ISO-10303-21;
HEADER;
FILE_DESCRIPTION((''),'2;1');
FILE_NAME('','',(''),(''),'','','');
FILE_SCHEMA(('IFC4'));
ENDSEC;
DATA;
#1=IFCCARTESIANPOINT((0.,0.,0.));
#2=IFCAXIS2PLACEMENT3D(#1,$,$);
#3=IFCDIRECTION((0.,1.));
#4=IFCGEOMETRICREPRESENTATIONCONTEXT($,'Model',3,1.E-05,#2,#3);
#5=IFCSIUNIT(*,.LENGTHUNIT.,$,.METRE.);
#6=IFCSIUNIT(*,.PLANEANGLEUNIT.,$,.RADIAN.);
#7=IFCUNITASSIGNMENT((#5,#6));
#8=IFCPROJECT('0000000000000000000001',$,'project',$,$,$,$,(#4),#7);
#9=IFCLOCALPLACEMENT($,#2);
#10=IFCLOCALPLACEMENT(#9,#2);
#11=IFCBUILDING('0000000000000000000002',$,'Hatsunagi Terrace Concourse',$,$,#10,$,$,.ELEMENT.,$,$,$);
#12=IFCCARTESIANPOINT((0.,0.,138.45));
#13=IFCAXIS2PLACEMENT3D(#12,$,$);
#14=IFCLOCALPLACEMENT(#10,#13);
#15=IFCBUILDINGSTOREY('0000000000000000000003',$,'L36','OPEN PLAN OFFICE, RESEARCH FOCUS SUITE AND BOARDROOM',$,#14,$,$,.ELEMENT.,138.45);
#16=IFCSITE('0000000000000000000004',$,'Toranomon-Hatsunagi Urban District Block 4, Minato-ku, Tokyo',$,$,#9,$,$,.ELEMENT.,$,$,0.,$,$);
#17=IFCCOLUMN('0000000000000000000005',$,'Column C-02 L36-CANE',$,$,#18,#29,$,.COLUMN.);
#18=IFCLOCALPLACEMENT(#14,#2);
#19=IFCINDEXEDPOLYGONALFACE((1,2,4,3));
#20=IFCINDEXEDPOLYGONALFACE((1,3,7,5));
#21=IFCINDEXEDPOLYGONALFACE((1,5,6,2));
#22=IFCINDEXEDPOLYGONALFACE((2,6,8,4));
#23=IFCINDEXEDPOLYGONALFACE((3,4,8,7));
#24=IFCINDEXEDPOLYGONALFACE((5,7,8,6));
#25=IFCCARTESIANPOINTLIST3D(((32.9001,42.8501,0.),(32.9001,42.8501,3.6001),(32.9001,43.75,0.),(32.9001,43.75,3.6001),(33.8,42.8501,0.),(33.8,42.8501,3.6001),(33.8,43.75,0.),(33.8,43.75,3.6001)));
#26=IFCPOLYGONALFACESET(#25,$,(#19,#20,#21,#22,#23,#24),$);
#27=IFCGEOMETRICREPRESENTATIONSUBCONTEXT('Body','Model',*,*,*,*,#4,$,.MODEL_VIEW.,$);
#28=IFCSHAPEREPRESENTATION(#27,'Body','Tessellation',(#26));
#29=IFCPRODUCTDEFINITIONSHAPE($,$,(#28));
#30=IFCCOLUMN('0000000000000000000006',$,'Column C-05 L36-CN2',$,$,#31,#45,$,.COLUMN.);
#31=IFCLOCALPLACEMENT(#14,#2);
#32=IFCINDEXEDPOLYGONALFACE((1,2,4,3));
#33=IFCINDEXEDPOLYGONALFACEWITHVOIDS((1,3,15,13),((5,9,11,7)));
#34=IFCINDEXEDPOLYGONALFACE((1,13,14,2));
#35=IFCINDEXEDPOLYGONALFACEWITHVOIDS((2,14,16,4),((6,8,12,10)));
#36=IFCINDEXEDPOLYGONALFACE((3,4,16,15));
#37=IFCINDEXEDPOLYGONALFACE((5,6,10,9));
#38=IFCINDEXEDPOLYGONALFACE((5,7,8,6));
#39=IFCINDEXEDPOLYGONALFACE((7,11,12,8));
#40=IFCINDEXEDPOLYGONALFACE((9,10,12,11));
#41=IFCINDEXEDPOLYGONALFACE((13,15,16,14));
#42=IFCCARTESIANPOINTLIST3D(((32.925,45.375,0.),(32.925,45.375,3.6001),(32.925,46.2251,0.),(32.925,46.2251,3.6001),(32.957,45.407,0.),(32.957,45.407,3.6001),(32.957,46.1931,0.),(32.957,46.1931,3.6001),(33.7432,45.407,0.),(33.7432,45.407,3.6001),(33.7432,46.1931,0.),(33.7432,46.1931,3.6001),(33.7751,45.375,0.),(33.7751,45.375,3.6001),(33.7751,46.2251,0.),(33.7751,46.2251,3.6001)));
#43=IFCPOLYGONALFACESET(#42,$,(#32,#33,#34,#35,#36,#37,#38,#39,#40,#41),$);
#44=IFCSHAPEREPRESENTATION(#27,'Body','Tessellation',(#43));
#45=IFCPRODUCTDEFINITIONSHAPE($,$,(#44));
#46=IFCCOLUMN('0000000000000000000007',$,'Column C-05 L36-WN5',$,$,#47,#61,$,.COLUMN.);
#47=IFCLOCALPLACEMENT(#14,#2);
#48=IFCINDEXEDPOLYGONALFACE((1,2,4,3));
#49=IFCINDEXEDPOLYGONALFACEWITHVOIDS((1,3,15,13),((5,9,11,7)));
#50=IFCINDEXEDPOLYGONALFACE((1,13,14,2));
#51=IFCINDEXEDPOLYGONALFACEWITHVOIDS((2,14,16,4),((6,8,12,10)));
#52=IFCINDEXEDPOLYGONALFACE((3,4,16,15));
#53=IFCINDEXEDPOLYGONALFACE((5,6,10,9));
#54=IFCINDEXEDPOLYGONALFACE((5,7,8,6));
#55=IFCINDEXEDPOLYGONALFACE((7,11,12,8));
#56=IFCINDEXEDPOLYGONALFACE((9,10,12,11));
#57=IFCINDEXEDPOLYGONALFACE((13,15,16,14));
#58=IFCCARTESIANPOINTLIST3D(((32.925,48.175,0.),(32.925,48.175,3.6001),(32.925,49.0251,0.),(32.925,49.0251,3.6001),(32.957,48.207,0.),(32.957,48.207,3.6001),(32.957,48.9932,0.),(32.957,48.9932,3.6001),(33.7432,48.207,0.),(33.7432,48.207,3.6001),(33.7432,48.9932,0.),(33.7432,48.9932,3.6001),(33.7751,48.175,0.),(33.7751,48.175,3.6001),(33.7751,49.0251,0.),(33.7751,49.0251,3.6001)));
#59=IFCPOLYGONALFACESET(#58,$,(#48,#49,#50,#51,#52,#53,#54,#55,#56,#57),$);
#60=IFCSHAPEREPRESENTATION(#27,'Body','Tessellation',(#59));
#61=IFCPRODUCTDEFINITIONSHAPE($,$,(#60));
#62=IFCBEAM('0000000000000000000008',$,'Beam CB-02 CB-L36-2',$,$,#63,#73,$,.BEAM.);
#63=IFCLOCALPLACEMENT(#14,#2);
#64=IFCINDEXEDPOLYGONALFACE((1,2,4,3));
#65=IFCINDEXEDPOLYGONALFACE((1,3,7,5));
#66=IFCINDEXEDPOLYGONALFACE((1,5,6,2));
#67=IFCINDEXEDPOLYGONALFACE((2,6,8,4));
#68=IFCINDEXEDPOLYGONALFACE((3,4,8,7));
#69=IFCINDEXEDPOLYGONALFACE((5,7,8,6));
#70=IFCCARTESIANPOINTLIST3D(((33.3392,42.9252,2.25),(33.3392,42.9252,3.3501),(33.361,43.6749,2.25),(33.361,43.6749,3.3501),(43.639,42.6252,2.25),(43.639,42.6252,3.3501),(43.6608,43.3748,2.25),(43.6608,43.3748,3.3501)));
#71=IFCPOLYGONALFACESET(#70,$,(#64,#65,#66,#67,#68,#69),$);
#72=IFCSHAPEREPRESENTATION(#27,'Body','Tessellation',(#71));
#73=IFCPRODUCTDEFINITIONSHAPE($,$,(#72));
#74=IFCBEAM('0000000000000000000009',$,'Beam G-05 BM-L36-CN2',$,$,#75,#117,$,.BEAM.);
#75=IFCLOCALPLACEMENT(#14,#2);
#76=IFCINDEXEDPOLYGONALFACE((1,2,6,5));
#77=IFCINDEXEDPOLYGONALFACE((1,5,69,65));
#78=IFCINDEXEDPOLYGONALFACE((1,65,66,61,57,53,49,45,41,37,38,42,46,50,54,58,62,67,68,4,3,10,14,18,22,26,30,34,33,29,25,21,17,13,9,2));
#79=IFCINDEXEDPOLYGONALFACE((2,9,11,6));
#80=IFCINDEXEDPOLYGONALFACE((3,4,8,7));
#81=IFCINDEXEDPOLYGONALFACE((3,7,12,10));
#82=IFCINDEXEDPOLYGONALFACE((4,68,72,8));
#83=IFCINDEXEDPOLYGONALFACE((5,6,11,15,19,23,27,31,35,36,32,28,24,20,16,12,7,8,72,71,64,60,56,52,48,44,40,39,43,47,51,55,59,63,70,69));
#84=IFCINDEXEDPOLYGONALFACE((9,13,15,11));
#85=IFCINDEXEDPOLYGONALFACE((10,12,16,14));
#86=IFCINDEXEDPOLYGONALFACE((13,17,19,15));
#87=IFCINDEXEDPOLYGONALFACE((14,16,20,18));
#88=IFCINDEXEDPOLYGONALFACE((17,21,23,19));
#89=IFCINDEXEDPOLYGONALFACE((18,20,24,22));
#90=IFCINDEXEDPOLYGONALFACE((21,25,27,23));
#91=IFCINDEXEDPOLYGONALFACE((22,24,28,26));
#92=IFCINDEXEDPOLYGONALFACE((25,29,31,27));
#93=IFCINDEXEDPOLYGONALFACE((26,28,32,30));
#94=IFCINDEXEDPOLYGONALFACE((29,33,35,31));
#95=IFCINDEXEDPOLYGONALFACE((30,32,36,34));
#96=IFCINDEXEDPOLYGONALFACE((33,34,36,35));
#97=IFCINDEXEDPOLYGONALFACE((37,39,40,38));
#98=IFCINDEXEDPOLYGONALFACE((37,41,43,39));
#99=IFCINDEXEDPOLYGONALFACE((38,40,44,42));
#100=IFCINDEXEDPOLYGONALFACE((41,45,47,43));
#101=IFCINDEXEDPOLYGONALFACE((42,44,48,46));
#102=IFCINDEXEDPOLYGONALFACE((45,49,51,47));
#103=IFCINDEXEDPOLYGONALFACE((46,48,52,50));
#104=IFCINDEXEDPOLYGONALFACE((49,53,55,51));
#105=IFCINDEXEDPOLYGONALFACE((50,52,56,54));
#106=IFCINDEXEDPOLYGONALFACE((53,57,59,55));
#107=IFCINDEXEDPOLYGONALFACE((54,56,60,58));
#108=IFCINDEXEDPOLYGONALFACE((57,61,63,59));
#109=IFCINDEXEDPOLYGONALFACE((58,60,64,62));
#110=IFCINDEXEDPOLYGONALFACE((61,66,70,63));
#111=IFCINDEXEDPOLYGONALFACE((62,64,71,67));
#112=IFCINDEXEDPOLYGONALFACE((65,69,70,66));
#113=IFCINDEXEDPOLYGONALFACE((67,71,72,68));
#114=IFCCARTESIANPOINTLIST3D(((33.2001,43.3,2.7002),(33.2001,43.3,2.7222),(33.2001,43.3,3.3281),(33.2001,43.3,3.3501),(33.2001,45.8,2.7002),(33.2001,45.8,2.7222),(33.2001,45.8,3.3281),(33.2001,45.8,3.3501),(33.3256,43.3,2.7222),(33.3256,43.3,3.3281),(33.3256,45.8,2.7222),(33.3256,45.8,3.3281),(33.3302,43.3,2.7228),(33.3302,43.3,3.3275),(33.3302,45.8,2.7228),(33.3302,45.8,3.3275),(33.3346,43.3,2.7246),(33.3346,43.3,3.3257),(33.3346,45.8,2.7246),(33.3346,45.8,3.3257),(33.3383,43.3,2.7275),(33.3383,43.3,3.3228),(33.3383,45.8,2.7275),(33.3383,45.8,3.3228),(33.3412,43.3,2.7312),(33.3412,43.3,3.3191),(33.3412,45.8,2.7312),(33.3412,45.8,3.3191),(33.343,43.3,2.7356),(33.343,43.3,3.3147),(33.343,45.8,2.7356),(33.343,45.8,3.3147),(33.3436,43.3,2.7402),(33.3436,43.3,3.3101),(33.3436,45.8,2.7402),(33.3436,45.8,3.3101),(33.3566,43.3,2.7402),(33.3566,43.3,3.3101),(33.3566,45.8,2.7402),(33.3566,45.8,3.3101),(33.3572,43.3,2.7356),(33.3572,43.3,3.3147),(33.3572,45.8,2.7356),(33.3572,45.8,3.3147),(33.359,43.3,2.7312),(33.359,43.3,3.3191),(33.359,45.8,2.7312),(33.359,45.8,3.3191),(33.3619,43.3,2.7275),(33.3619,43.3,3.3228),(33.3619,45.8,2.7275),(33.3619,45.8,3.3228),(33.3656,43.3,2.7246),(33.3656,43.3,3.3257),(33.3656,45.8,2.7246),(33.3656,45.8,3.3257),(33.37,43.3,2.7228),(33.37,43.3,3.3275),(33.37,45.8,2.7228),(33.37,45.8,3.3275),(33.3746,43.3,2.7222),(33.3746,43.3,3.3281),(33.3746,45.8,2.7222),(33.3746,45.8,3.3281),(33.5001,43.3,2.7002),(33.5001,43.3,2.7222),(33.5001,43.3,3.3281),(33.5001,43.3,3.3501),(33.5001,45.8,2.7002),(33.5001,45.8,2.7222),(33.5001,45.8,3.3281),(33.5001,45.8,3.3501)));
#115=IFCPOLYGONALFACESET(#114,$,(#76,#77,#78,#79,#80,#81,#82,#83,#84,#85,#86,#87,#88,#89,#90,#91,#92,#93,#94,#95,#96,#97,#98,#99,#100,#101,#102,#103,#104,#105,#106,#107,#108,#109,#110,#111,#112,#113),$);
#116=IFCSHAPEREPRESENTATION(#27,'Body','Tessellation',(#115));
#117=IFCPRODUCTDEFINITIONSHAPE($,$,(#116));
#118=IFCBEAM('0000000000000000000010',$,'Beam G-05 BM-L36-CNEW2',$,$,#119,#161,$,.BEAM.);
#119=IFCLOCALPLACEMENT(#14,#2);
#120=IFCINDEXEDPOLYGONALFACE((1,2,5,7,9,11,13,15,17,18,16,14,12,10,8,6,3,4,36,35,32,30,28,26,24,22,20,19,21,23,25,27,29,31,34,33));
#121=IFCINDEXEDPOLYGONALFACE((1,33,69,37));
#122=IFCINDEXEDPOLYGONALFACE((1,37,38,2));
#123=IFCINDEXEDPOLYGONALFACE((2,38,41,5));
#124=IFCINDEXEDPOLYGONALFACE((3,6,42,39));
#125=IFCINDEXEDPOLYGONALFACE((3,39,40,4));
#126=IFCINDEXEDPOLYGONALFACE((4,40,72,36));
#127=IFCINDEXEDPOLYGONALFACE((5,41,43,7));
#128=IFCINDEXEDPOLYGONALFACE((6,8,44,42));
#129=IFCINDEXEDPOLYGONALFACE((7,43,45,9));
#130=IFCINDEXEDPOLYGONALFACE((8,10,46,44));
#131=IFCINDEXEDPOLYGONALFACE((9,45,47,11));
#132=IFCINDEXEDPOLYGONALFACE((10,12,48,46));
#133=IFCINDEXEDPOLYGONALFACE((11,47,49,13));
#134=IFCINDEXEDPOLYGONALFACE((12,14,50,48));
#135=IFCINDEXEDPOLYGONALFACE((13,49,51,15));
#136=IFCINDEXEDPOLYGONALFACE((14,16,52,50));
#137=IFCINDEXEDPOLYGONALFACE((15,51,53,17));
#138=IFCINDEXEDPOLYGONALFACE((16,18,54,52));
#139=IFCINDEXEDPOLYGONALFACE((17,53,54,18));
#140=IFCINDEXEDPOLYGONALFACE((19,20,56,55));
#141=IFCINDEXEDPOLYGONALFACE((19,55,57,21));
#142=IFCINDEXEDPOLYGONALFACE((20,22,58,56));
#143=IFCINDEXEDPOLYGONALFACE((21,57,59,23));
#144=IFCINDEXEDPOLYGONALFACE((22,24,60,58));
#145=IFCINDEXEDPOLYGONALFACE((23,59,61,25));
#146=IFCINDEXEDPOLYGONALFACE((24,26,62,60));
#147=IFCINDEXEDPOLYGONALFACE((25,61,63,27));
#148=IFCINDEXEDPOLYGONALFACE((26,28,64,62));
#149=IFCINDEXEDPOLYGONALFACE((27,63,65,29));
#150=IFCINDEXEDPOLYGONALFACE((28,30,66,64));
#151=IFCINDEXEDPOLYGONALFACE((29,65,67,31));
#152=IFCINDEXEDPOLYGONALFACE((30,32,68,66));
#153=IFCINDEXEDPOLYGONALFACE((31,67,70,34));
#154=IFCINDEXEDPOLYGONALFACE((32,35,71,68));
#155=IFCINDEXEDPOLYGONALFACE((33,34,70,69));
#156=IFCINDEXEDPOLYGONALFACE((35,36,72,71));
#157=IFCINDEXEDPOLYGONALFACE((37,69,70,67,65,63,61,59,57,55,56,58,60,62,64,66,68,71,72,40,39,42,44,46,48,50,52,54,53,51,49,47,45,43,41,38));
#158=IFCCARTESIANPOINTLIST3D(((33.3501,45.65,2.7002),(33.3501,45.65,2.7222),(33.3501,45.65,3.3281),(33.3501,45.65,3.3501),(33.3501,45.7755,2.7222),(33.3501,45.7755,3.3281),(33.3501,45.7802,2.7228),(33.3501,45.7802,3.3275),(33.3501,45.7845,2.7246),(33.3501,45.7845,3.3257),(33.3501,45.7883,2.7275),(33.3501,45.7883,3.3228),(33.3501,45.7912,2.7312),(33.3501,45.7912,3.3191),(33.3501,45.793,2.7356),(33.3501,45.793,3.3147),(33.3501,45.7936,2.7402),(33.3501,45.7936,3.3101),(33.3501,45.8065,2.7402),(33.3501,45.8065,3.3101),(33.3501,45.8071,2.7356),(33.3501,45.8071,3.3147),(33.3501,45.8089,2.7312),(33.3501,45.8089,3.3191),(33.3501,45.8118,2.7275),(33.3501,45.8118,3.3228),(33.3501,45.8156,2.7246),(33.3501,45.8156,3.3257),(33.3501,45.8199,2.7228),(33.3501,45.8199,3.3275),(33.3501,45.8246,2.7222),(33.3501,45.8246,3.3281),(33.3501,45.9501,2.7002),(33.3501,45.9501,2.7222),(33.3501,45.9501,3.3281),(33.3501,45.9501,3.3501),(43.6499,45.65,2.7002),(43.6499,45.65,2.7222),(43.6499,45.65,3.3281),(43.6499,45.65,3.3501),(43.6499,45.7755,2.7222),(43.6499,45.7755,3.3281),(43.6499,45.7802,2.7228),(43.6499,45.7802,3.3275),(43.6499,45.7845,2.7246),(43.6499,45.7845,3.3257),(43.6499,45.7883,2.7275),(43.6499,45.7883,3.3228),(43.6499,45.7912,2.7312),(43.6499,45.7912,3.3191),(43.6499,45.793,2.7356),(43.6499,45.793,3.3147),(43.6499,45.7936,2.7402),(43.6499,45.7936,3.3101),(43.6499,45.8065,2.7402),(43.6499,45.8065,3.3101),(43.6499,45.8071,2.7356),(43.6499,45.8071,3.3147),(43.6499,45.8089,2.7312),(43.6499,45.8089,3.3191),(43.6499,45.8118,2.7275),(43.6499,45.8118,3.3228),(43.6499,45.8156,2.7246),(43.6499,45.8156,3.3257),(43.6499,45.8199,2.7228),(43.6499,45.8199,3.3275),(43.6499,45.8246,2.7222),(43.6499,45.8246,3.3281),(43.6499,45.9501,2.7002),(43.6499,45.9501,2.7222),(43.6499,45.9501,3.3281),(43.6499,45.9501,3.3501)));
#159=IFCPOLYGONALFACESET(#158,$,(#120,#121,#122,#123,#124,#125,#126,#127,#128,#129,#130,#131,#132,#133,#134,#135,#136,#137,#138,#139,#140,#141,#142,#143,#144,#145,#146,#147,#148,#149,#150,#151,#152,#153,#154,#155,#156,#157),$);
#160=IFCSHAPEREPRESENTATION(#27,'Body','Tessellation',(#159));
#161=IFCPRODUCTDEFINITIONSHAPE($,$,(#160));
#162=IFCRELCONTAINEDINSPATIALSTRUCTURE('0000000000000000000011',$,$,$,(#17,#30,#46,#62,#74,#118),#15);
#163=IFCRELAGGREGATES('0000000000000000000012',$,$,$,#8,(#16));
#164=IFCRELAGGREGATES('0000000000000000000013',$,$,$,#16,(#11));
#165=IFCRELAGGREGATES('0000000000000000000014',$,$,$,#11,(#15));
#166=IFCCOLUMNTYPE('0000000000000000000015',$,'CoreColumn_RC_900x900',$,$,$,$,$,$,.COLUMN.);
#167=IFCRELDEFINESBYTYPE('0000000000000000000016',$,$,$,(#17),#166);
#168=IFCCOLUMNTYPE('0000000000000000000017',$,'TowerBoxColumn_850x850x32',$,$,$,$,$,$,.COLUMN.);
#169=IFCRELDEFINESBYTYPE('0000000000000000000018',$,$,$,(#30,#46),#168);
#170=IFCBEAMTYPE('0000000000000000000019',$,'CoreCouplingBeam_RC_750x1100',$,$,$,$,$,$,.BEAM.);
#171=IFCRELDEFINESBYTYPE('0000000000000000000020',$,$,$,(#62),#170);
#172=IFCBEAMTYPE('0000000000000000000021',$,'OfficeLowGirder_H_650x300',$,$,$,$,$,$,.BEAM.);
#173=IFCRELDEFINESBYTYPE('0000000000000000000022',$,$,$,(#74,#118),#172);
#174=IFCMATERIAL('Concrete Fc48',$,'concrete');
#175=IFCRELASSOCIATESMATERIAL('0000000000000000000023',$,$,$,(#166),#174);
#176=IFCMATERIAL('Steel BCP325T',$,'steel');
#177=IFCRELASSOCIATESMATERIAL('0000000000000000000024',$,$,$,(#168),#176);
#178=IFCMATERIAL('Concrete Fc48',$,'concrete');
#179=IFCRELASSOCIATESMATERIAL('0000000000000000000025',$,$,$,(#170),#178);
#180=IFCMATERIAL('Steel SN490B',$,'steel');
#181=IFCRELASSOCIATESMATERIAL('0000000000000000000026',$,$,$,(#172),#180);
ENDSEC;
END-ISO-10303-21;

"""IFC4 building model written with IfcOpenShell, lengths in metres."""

from ifc_helpers import new_model, si_unit, direction, frame, origin, origin_2d, place, context, subcontext, project, spatial, rectangle, hollow_rectangle, i_section, extrude, material, material_profile, profile_set, type_object, element, save


model = new_model("IFC4")

# Units and contexts
model_context = context("Model", 3, precision=1e-05, world=origin(), true_north=direction((0.0, 1.0)))
body_context = subcontext(model_context, "Body", "Model", "MODEL_VIEW")
ifc_project = project(units=[si_unit("LENGTHUNIT", "METRE"), si_unit("PLANEANGLEUNIT", "RADIAN")], contexts=[model_context])

# Site, building, storey
site_placement = place(None, origin())
site = spatial("IfcSite", under=ifc_project, at=site_placement, Name="Toranomon-Hatsunagi Urban District Block 4, Minato-ku, Tokyo", CompositionType="ELEMENT", RefElevation=0.0)
building_placement = place(site_placement, origin())
building = spatial("IfcBuilding", under=site, at=building_placement, Name="Hatsunagi Terrace Concourse", CompositionType="ELEMENT")
storey_placement = place(building_placement, frame((0.0, 0.0, 138.45)))
storey = spatial("IfcBuildingStorey", under=building, at=storey_placement, Name="L36", Description="OPEN PLAN OFFICE, RESEARCH FOCUS SUITE AND BOARDROOM", CompositionType="ELEMENT", Elevation=138.45)

# Columns
ifc_material_1 = material(Name="Concrete Fc48", Category="concrete")
ifc_material_profile_1 = material_profile(ifc_material_1, rectangle(XDim=0.8999, YDim=0.8999, at=origin_2d()), Name="RC-900x900")
ifc_profile_set_1 = profile_set([ifc_material_profile_1], Name="Concrete Fc48")
column_type_1 = type_object("IfcColumnType", Name="CoreColumn_RC_900x900", PredefinedType="COLUMN", material=ifc_profile_set_1)
column_placement = place(storey_placement, frame((33.3501, 43.3, 0.0), z_axis=(0.0, 0.0, 1.0), x_axis=(1.0, 0.0, 0.0)))
element("IfcColumn", 1, at=column_placement, inside=storey, type_object=column_type_1, Name="Column C-02 L36-CANE", PredefinedType="COLUMN", context=body_context, shape_type="SweptSolid", body=[
    extrude(rectangle(XDim=0.8999, YDim=0.8999, at=origin_2d()), origin(), (0.0, 0.0, 1.0), 3.6001),
])
ifc_material_2 = material(Name="Steel BCP325T", Category="steel")
ifc_material_profile_2 = material_profile(ifc_material_2, hollow_rectangle(XDim=0.8501, YDim=0.8501, WallThickness=0.032, at=origin_2d()), Name="BCP-850x850x32")
ifc_profile_set_2 = profile_set([ifc_material_profile_2], Name="Steel BCP325T")
column_type_2 = type_object("IfcColumnType", Name="TowerBoxColumn_850x850x32", PredefinedType="COLUMN", material=ifc_profile_set_2)
for number, where, z_axis, x_axis, name in (
    (2, (33.3501, 45.8, 0.0), (0.0, 0.0, 1.0), (1.0, 0.0, 0.0), "Column C-05 L36-CN2"),
    (3, (33.3501, 48.6001, 0.0), (0.0, 0.0, 1.0), (1.0, 0.0, 0.0), "Column C-05 L36-WN5"),
):
    element("IfcColumn", number, at=place(storey_placement, frame(where, z_axis=z_axis, x_axis=x_axis)), inside=storey, type_object=column_type_2, Name=name, PredefinedType="COLUMN", context=body_context, shape_type="SweptSolid", body=[
        extrude(hollow_rectangle(XDim=0.8501, YDim=0.8501, WallThickness=0.032, at=origin_2d()), origin(), (0.0, 0.0, 1.0), 3.6001),
    ])

# Beams
ifc_material_3 = material(Name="Concrete Fc48", Category="concrete")
ifc_material_profile_3 = material_profile(ifc_material_3, rectangle(XDim=0.75, YDim=1.1001, at=origin_2d()), Name="RC-750x1100")
ifc_profile_set_3 = profile_set([ifc_material_profile_3], Name="Concrete Fc48")
beam_type_1 = type_object("IfcBeamType", Name="CoreCouplingBeam_RC_750x1100", PredefinedType="BEAM", material=ifc_profile_set_3)
beam_1_placement = place(storey_placement, frame((33.3501, 43.3, 2.8), z_axis=(0.999576, -0.029119, 0.0), x_axis=(0.029119, 0.999576, 0.0)))
element("IfcBeam", 4, at=beam_1_placement, inside=storey, type_object=beam_type_1, Name="Beam CB-02 CB-L36-2", PredefinedType="BEAM", context=body_context, shape_type="SweptSolid", body=[
    extrude(rectangle(XDim=0.75, YDim=1.1001, at=origin_2d()), origin(), (0.0, 0.0, 1.0), 10.3042),
])
ifc_material_4 = material(Name="Steel SN490B", Category="steel")
ifc_material_profile_4 = material_profile(ifc_material_4, i_section(OverallWidth=0.3, OverallDepth=0.6499, WebThickness=0.0129, FlangeThickness=0.022, FilletRadius=0.0181, at=origin_2d()), Name="H-650x300x13x22")
ifc_profile_set_4 = profile_set([ifc_material_profile_4], Name="Steel SN490B")
beam_type_2 = type_object("IfcBeamType", Name="OfficeLowGirder_H_650x300", PredefinedType="BEAM", material=ifc_profile_set_4)
beam_2_placement = place(storey_placement, frame((33.3501, 43.3, 3.0251), z_axis=(0.0, 1.0, 0.0), x_axis=(-1.0, 0.0, 0.0)))
element("IfcBeam", 5, at=beam_2_placement, inside=storey, type_object=beam_type_2, Name="Beam G-05 BM-L36-CN2", PredefinedType="BEAM", context=body_context, shape_type="SweptSolid", body=[
    extrude(i_section(OverallWidth=0.3, OverallDepth=0.6499, WebThickness=0.0129, FlangeThickness=0.022, FilletRadius=0.0181, at=origin_2d()), origin(), (0.0, 0.0, 1.0), 2.5),
])
beam_3_placement = place(storey_placement, frame((33.3501, 45.8, 3.0251), z_axis=(1.0, 0.0, 0.0), x_axis=(0.0, 1.0, 0.0)))
element("IfcBeam", 6, at=beam_3_placement, inside=storey, type_object=beam_type_2, Name="Beam G-05 BM-L36-CNEW2", PredefinedType="BEAM", context=body_context, shape_type="SweptSolid", body=[
    extrude(i_section(OverallWidth=0.3, OverallDepth=0.6499, WebThickness=0.0129, FlangeThickness=0.022, FilletRadius=0.0181, at=origin_2d()), origin(), (0.0, 0.0, 1.0), 10.2998),
])

save(model, "model.ifc")
